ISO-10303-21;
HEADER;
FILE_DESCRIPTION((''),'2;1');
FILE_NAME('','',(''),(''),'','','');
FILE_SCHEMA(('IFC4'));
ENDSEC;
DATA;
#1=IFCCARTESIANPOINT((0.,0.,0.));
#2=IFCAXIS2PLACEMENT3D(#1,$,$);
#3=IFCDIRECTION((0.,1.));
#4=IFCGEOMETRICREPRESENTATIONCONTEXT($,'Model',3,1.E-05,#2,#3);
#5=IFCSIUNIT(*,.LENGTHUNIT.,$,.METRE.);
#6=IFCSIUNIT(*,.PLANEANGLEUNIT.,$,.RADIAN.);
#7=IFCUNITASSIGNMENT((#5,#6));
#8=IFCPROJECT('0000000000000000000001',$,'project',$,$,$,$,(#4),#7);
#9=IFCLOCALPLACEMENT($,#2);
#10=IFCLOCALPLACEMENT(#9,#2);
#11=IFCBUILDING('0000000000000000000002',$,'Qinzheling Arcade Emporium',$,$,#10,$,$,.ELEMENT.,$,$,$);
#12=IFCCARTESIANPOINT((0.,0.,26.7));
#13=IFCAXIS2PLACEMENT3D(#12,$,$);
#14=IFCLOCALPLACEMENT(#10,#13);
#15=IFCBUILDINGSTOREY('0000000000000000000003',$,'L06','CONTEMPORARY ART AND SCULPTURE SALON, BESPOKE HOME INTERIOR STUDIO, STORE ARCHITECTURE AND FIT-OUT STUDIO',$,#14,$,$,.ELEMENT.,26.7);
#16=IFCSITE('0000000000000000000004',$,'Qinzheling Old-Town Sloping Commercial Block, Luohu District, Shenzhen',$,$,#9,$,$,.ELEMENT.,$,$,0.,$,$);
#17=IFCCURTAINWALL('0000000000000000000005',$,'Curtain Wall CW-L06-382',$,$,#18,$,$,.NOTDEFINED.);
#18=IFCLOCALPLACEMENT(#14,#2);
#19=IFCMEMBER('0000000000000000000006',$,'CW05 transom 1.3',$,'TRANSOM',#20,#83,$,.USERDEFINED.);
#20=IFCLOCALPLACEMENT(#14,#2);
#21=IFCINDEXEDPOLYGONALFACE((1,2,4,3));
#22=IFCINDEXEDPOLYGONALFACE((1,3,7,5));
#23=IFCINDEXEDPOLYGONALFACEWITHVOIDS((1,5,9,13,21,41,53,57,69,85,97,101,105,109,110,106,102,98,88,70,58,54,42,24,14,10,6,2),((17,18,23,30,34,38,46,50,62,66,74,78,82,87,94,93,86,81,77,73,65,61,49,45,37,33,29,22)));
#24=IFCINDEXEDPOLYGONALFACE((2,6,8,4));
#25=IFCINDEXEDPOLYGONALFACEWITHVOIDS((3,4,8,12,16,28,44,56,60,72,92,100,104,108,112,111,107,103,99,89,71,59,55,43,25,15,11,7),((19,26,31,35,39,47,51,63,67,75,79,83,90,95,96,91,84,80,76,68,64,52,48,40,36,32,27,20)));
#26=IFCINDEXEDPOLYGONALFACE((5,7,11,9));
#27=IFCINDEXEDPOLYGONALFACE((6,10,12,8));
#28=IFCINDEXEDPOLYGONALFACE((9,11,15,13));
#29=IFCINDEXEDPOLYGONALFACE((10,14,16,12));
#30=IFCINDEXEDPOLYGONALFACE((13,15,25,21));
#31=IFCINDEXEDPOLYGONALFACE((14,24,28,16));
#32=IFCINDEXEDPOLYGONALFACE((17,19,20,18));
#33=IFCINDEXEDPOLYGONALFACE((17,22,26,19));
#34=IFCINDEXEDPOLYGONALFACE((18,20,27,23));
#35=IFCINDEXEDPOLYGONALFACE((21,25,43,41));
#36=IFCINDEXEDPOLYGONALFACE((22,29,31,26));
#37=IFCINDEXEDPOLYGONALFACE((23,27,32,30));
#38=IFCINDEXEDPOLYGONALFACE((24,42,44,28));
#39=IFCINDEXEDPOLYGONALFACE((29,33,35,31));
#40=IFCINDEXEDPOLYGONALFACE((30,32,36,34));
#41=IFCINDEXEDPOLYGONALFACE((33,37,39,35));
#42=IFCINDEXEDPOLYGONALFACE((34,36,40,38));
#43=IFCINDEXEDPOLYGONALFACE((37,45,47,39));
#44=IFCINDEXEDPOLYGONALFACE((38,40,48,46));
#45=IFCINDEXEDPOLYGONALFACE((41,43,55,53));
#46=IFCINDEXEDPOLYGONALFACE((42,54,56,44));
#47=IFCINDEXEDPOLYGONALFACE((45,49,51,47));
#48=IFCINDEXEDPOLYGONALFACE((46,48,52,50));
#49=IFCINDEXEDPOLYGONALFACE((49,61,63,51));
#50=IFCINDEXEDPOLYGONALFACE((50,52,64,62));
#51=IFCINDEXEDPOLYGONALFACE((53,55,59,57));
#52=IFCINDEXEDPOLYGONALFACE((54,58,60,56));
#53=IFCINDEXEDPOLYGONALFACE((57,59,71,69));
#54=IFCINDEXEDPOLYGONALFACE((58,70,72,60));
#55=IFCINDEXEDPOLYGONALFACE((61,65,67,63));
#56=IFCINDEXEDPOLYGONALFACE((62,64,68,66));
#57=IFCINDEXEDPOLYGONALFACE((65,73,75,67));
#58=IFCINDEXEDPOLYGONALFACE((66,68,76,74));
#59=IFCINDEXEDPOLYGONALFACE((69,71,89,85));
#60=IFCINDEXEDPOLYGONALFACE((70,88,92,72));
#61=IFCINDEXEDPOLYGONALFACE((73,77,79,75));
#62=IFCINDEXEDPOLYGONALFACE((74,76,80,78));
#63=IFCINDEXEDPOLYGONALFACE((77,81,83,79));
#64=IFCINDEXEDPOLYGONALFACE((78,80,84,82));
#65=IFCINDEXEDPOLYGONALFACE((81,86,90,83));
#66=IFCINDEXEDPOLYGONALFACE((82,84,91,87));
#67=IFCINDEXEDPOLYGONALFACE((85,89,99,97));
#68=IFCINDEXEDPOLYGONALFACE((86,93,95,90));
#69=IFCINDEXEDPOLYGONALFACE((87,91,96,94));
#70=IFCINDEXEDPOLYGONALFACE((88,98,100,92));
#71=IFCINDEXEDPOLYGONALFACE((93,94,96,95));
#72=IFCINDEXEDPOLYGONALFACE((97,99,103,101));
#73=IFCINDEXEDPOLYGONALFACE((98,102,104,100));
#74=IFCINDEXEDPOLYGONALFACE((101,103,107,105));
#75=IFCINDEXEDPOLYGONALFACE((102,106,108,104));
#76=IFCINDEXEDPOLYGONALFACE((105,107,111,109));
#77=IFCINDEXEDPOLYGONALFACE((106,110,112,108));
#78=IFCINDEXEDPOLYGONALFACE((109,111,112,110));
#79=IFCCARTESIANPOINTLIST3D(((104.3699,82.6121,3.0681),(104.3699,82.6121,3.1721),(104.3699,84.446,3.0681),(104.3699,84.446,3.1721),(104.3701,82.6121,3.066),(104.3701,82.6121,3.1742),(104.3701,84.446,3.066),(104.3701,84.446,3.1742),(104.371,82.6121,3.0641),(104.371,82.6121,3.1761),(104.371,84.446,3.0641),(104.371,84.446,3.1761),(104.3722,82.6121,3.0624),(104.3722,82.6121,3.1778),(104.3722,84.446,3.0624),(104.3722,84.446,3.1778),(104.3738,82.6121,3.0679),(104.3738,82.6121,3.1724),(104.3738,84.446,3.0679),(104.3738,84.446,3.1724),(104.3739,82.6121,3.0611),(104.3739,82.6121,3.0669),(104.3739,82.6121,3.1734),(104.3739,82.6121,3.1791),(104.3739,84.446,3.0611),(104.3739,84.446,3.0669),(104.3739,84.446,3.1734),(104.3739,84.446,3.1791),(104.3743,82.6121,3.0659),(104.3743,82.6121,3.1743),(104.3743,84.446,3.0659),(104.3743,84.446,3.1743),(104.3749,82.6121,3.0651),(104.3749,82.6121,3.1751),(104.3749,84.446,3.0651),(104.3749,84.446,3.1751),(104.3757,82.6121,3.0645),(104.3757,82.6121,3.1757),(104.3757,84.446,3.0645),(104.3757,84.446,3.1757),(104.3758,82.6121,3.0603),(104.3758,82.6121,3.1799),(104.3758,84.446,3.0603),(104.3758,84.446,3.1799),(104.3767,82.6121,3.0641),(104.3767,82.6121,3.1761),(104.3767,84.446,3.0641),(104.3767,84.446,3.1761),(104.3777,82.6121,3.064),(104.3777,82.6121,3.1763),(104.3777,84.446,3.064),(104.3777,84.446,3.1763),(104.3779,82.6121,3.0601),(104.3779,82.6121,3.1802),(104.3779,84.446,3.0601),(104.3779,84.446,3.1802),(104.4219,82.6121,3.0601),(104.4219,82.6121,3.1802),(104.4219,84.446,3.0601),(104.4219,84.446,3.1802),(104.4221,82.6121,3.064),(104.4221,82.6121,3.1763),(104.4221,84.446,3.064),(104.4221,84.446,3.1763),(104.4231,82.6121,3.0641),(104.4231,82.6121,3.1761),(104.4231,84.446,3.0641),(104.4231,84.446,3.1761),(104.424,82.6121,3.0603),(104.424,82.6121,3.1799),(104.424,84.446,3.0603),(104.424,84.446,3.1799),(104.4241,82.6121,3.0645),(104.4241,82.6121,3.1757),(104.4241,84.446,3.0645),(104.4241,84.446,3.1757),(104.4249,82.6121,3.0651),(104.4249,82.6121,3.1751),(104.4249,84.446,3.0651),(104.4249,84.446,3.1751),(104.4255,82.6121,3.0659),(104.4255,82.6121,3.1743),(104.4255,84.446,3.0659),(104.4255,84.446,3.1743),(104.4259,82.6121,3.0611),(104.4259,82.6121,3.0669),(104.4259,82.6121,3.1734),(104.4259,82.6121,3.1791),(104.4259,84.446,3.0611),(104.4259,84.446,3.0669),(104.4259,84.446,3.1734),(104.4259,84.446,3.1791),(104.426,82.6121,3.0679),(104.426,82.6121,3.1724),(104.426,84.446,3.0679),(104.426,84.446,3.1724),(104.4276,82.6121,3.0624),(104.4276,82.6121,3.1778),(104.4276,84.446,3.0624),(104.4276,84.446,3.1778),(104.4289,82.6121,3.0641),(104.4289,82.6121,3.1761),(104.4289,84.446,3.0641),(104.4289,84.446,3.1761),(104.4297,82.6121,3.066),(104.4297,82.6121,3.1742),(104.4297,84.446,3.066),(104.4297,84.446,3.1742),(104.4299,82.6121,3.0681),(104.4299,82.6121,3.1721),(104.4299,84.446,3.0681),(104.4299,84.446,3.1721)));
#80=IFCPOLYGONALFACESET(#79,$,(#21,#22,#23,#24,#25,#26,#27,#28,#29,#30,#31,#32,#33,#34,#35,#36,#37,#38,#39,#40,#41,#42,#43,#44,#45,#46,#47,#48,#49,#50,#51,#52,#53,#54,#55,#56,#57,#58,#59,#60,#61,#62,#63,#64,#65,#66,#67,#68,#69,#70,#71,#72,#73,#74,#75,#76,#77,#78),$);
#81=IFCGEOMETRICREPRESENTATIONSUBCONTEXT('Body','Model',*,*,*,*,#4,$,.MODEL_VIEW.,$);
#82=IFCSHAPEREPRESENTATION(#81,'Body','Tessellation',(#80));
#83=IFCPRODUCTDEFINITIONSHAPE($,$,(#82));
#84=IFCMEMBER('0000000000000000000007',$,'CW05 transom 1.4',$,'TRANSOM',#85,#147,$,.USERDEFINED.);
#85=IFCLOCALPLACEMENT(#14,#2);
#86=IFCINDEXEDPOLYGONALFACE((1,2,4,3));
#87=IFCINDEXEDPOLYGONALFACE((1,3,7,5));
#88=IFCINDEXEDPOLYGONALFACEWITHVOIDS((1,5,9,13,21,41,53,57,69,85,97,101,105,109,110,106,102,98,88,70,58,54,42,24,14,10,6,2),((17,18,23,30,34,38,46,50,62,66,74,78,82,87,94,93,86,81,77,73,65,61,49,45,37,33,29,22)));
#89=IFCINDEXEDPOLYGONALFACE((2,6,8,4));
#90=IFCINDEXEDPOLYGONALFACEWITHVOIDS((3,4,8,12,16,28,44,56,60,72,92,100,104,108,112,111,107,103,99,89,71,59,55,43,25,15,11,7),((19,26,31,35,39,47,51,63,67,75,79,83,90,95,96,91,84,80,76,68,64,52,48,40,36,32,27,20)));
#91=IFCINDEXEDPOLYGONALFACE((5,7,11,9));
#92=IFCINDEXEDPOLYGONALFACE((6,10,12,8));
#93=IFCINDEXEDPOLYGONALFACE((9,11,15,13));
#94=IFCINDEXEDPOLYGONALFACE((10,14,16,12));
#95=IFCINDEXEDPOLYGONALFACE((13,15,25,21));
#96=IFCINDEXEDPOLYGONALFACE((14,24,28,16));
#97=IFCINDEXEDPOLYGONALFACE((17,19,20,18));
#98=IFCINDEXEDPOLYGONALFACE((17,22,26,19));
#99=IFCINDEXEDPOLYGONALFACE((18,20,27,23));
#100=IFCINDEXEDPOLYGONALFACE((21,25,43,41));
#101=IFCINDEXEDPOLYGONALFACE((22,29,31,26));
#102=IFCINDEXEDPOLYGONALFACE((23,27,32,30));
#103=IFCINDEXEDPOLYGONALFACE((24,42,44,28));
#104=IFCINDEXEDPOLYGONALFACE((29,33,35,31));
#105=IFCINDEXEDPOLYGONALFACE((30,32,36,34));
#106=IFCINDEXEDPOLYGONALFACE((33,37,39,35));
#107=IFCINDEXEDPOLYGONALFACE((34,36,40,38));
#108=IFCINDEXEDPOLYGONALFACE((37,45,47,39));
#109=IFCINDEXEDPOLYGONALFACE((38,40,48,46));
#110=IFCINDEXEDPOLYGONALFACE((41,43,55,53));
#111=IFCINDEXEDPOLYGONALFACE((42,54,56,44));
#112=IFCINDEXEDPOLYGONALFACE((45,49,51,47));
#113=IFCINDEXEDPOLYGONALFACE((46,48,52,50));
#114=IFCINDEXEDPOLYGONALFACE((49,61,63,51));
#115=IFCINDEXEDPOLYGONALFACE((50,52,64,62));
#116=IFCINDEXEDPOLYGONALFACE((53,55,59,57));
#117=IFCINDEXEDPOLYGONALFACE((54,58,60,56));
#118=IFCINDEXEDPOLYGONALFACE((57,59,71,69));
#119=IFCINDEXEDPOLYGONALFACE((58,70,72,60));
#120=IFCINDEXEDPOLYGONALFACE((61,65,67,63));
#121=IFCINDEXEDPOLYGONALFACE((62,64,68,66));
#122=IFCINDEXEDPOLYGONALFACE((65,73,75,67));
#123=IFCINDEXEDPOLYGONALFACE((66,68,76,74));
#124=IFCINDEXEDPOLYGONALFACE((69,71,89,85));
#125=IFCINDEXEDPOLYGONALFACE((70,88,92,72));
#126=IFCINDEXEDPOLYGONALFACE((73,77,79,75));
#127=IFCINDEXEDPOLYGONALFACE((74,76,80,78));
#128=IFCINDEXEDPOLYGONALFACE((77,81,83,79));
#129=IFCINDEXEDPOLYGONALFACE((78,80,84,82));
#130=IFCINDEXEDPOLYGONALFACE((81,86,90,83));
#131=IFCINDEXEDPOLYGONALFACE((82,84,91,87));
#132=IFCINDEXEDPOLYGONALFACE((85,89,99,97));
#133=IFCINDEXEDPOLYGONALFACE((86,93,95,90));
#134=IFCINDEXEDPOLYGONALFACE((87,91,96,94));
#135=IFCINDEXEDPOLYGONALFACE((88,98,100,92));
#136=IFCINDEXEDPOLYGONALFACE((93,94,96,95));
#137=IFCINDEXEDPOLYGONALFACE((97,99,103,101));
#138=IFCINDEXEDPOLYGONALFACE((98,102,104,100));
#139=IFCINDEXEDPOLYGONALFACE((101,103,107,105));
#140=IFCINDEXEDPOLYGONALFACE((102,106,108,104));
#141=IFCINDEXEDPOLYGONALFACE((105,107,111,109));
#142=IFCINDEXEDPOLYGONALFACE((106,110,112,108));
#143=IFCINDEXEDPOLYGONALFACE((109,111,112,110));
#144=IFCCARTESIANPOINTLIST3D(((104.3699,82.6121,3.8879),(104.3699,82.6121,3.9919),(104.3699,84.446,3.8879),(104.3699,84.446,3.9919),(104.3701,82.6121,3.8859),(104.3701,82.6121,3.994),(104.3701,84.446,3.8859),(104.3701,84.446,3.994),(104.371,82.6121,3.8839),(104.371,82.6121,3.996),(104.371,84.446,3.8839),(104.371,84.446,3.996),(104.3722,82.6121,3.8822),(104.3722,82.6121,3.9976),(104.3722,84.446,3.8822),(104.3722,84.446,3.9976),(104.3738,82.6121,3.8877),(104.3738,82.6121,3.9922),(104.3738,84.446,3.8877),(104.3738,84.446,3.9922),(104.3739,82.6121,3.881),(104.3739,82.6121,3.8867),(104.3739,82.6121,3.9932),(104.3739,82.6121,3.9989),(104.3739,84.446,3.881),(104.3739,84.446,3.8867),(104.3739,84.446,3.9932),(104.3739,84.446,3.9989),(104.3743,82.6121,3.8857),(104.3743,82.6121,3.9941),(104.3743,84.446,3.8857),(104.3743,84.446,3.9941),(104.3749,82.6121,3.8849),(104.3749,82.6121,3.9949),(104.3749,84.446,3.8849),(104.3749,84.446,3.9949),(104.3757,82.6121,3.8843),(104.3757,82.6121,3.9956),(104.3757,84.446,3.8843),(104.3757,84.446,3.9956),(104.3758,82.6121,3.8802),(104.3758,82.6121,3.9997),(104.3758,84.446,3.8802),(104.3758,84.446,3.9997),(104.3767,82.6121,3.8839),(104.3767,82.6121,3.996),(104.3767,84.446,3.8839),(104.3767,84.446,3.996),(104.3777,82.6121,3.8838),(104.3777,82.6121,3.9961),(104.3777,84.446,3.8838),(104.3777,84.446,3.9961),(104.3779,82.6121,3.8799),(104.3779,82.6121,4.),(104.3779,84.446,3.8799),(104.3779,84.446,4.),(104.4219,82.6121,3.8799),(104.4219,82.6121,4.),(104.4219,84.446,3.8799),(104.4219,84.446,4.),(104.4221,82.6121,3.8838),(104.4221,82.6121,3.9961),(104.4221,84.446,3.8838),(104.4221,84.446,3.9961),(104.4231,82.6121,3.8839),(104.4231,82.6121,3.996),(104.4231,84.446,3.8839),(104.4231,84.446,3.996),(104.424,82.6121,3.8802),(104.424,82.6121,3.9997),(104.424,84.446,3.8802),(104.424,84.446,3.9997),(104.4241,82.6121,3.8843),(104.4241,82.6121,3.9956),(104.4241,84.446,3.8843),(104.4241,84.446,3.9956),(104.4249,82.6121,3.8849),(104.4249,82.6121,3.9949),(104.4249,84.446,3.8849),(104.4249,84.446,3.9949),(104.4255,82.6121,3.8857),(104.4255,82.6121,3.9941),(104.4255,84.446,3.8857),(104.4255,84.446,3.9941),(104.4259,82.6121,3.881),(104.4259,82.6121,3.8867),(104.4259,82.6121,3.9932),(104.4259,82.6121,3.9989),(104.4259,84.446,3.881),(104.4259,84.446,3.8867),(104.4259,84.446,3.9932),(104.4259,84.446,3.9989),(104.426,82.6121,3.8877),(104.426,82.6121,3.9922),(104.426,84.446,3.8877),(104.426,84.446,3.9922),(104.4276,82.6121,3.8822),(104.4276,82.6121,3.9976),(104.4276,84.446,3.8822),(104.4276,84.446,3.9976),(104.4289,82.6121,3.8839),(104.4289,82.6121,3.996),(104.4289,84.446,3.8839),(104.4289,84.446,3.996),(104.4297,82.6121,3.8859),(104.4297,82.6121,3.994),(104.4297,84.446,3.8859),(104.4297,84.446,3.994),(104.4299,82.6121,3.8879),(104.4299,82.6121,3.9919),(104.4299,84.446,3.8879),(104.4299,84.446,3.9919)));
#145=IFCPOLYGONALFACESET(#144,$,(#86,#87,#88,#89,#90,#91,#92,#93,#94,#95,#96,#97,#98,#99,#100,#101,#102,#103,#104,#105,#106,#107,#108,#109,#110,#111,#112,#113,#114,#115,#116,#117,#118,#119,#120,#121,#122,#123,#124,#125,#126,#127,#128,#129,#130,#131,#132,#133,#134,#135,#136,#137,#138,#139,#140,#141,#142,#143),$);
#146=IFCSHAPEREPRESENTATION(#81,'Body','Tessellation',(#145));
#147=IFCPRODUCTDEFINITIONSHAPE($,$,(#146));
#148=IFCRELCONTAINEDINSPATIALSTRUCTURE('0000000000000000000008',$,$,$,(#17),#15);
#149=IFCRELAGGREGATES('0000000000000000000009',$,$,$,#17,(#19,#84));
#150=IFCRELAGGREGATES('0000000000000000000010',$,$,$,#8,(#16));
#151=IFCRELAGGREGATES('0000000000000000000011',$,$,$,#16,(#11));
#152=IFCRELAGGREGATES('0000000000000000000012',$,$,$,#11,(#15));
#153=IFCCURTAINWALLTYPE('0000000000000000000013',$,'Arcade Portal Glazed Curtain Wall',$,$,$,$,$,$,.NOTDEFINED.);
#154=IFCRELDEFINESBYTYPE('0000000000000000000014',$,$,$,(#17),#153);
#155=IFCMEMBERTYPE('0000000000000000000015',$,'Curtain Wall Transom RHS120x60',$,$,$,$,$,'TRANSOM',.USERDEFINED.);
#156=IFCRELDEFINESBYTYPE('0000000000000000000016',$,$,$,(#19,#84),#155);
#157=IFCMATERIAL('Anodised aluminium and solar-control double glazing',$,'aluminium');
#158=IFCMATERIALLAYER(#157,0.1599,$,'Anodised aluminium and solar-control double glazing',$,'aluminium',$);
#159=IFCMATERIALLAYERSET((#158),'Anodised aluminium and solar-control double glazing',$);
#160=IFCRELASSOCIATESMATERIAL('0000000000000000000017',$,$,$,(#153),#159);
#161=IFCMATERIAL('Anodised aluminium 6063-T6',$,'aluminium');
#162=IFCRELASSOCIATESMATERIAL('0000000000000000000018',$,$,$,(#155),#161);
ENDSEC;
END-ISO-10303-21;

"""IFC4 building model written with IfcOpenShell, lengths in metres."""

from ifc_helpers import new_model, si_unit, direction, frame, origin, origin_2d, place, context, subcontext, project, spatial, hollow_rectangle, extrude, material, layer, layer_set, material_profile, profile_set, type_object, element, aggregate, save


model = new_model("IFC4")

# Units and contexts
model_context = context("Model", 3, precision=1e-05, world=origin(), true_north=direction((0.0, 1.0)))
body_context = subcontext(model_context, "Body", "Model", "MODEL_VIEW")
ifc_project = project(units=[si_unit("LENGTHUNIT", "METRE"), si_unit("PLANEANGLEUNIT", "RADIAN")], contexts=[model_context])

# Site, building, storey
site_placement = place(None, origin())
site = spatial("IfcSite", under=ifc_project, at=site_placement, Name="Qinzheling Old-Town Sloping Commercial Block, Luohu District, Shenzhen", CompositionType="ELEMENT", RefElevation=0.0)
building_placement = place(site_placement, origin())
building = spatial("IfcBuilding", under=site, at=building_placement, Name="Qinzheling Arcade Emporium", CompositionType="ELEMENT")
storey_placement = place(building_placement, frame((0.0, 0.0, 26.7)))
storey = spatial("IfcBuildingStorey", under=building, at=storey_placement, Name="L06", Description="CONTEMPORARY ART AND SCULPTURE SALON, BESPOKE HOME INTERIOR STUDIO, STORE ARCHITECTURE AND FIT-OUT STUDIO", CompositionType="ELEMENT", Elevation=26.7)

# Curtain wall, members
ifc_material_1 = material(Name="Anodised aluminium and solar-control double glazing", Category="aluminium")
ifc_layer_1 = layer(ifc_material_1, 0.1599, Name="Anodised aluminium and solar-control double glazing", Category="aluminium")
ifc_layer_set_1 = layer_set([ifc_layer_1], Name="Anodised aluminium and solar-control double glazing")
curtain_wall_type = type_object("IfcCurtainWallType", Name="Arcade Portal Glazed Curtain Wall", PredefinedType="NOTDEFINED", material=ifc_layer_set_1)
curtain_wall_placement = place(storey_placement, origin())
curtain_wall = element("IfcCurtainWall", 1, at=curtain_wall_placement, inside=storey, type_object=curtain_wall_type, Name="Curtain Wall CW-L06-382", PredefinedType="NOTDEFINED")
ifc_material_2 = material(Name="Anodised aluminium 6063-T6", Category="aluminium")
ifc_material_profile_1 = material_profile(ifc_material_2, hollow_rectangle(XDim=0.0601, YDim=0.1201, WallThickness=0.0039, InnerFilletRadius=0.0039, OuterFilletRadius=0.0081, at=origin_2d()), Name="RHS 120x60x4", Category="aluminium")
ifc_profile_set_1 = profile_set([ifc_material_profile_1], Name="Anodised aluminium 6063-T6")
member_type_1 = type_object("IfcMemberType", Name="Curtain Wall Transom RHS120x60", ElementType="TRANSOM", PredefinedType="USERDEFINED", material=ifc_profile_set_1)
member_1_placement = place(storey_placement, frame((104.3999, 82.6121, 3.1201), z_axis=(0.0, 1.0, 0.0), x_axis=(-1.0, 0.0, 0.0)))
member_1 = element("IfcMember", 2, at=member_1_placement, type_object=member_type_1, Name="CW05 transom 1.3", ObjectType="TRANSOM", PredefinedType="USERDEFINED", context=body_context, shape_type="SweptSolid", body=[
    extrude(hollow_rectangle(XDim=0.0601, YDim=0.1201, WallThickness=0.0039, InnerFilletRadius=0.0039, OuterFilletRadius=0.0081, at=origin_2d()), origin(), (0.0, 0.0, 1.0), 1.834),
])
member_2_placement = place(storey_placement, frame((104.3999, 82.6121, 3.9399), z_axis=(0.0, 1.0, 0.0), x_axis=(-1.0, 0.0, 0.0)))
member_2 = element("IfcMember", 3, at=member_2_placement, type_object=member_type_1, Name="CW05 transom 1.4", ObjectType="TRANSOM", PredefinedType="USERDEFINED", context=body_context, shape_type="SweptSolid", body=[
    extrude(hollow_rectangle(XDim=0.0601, YDim=0.1201, WallThickness=0.0039, InnerFilletRadius=0.0039, OuterFilletRadius=0.0081, at=origin_2d()), origin(), (0.0, 0.0, 1.0), 1.834),
])

aggregate(curtain_wall, [member_1, member_2])

save(model, "model.ifc")
